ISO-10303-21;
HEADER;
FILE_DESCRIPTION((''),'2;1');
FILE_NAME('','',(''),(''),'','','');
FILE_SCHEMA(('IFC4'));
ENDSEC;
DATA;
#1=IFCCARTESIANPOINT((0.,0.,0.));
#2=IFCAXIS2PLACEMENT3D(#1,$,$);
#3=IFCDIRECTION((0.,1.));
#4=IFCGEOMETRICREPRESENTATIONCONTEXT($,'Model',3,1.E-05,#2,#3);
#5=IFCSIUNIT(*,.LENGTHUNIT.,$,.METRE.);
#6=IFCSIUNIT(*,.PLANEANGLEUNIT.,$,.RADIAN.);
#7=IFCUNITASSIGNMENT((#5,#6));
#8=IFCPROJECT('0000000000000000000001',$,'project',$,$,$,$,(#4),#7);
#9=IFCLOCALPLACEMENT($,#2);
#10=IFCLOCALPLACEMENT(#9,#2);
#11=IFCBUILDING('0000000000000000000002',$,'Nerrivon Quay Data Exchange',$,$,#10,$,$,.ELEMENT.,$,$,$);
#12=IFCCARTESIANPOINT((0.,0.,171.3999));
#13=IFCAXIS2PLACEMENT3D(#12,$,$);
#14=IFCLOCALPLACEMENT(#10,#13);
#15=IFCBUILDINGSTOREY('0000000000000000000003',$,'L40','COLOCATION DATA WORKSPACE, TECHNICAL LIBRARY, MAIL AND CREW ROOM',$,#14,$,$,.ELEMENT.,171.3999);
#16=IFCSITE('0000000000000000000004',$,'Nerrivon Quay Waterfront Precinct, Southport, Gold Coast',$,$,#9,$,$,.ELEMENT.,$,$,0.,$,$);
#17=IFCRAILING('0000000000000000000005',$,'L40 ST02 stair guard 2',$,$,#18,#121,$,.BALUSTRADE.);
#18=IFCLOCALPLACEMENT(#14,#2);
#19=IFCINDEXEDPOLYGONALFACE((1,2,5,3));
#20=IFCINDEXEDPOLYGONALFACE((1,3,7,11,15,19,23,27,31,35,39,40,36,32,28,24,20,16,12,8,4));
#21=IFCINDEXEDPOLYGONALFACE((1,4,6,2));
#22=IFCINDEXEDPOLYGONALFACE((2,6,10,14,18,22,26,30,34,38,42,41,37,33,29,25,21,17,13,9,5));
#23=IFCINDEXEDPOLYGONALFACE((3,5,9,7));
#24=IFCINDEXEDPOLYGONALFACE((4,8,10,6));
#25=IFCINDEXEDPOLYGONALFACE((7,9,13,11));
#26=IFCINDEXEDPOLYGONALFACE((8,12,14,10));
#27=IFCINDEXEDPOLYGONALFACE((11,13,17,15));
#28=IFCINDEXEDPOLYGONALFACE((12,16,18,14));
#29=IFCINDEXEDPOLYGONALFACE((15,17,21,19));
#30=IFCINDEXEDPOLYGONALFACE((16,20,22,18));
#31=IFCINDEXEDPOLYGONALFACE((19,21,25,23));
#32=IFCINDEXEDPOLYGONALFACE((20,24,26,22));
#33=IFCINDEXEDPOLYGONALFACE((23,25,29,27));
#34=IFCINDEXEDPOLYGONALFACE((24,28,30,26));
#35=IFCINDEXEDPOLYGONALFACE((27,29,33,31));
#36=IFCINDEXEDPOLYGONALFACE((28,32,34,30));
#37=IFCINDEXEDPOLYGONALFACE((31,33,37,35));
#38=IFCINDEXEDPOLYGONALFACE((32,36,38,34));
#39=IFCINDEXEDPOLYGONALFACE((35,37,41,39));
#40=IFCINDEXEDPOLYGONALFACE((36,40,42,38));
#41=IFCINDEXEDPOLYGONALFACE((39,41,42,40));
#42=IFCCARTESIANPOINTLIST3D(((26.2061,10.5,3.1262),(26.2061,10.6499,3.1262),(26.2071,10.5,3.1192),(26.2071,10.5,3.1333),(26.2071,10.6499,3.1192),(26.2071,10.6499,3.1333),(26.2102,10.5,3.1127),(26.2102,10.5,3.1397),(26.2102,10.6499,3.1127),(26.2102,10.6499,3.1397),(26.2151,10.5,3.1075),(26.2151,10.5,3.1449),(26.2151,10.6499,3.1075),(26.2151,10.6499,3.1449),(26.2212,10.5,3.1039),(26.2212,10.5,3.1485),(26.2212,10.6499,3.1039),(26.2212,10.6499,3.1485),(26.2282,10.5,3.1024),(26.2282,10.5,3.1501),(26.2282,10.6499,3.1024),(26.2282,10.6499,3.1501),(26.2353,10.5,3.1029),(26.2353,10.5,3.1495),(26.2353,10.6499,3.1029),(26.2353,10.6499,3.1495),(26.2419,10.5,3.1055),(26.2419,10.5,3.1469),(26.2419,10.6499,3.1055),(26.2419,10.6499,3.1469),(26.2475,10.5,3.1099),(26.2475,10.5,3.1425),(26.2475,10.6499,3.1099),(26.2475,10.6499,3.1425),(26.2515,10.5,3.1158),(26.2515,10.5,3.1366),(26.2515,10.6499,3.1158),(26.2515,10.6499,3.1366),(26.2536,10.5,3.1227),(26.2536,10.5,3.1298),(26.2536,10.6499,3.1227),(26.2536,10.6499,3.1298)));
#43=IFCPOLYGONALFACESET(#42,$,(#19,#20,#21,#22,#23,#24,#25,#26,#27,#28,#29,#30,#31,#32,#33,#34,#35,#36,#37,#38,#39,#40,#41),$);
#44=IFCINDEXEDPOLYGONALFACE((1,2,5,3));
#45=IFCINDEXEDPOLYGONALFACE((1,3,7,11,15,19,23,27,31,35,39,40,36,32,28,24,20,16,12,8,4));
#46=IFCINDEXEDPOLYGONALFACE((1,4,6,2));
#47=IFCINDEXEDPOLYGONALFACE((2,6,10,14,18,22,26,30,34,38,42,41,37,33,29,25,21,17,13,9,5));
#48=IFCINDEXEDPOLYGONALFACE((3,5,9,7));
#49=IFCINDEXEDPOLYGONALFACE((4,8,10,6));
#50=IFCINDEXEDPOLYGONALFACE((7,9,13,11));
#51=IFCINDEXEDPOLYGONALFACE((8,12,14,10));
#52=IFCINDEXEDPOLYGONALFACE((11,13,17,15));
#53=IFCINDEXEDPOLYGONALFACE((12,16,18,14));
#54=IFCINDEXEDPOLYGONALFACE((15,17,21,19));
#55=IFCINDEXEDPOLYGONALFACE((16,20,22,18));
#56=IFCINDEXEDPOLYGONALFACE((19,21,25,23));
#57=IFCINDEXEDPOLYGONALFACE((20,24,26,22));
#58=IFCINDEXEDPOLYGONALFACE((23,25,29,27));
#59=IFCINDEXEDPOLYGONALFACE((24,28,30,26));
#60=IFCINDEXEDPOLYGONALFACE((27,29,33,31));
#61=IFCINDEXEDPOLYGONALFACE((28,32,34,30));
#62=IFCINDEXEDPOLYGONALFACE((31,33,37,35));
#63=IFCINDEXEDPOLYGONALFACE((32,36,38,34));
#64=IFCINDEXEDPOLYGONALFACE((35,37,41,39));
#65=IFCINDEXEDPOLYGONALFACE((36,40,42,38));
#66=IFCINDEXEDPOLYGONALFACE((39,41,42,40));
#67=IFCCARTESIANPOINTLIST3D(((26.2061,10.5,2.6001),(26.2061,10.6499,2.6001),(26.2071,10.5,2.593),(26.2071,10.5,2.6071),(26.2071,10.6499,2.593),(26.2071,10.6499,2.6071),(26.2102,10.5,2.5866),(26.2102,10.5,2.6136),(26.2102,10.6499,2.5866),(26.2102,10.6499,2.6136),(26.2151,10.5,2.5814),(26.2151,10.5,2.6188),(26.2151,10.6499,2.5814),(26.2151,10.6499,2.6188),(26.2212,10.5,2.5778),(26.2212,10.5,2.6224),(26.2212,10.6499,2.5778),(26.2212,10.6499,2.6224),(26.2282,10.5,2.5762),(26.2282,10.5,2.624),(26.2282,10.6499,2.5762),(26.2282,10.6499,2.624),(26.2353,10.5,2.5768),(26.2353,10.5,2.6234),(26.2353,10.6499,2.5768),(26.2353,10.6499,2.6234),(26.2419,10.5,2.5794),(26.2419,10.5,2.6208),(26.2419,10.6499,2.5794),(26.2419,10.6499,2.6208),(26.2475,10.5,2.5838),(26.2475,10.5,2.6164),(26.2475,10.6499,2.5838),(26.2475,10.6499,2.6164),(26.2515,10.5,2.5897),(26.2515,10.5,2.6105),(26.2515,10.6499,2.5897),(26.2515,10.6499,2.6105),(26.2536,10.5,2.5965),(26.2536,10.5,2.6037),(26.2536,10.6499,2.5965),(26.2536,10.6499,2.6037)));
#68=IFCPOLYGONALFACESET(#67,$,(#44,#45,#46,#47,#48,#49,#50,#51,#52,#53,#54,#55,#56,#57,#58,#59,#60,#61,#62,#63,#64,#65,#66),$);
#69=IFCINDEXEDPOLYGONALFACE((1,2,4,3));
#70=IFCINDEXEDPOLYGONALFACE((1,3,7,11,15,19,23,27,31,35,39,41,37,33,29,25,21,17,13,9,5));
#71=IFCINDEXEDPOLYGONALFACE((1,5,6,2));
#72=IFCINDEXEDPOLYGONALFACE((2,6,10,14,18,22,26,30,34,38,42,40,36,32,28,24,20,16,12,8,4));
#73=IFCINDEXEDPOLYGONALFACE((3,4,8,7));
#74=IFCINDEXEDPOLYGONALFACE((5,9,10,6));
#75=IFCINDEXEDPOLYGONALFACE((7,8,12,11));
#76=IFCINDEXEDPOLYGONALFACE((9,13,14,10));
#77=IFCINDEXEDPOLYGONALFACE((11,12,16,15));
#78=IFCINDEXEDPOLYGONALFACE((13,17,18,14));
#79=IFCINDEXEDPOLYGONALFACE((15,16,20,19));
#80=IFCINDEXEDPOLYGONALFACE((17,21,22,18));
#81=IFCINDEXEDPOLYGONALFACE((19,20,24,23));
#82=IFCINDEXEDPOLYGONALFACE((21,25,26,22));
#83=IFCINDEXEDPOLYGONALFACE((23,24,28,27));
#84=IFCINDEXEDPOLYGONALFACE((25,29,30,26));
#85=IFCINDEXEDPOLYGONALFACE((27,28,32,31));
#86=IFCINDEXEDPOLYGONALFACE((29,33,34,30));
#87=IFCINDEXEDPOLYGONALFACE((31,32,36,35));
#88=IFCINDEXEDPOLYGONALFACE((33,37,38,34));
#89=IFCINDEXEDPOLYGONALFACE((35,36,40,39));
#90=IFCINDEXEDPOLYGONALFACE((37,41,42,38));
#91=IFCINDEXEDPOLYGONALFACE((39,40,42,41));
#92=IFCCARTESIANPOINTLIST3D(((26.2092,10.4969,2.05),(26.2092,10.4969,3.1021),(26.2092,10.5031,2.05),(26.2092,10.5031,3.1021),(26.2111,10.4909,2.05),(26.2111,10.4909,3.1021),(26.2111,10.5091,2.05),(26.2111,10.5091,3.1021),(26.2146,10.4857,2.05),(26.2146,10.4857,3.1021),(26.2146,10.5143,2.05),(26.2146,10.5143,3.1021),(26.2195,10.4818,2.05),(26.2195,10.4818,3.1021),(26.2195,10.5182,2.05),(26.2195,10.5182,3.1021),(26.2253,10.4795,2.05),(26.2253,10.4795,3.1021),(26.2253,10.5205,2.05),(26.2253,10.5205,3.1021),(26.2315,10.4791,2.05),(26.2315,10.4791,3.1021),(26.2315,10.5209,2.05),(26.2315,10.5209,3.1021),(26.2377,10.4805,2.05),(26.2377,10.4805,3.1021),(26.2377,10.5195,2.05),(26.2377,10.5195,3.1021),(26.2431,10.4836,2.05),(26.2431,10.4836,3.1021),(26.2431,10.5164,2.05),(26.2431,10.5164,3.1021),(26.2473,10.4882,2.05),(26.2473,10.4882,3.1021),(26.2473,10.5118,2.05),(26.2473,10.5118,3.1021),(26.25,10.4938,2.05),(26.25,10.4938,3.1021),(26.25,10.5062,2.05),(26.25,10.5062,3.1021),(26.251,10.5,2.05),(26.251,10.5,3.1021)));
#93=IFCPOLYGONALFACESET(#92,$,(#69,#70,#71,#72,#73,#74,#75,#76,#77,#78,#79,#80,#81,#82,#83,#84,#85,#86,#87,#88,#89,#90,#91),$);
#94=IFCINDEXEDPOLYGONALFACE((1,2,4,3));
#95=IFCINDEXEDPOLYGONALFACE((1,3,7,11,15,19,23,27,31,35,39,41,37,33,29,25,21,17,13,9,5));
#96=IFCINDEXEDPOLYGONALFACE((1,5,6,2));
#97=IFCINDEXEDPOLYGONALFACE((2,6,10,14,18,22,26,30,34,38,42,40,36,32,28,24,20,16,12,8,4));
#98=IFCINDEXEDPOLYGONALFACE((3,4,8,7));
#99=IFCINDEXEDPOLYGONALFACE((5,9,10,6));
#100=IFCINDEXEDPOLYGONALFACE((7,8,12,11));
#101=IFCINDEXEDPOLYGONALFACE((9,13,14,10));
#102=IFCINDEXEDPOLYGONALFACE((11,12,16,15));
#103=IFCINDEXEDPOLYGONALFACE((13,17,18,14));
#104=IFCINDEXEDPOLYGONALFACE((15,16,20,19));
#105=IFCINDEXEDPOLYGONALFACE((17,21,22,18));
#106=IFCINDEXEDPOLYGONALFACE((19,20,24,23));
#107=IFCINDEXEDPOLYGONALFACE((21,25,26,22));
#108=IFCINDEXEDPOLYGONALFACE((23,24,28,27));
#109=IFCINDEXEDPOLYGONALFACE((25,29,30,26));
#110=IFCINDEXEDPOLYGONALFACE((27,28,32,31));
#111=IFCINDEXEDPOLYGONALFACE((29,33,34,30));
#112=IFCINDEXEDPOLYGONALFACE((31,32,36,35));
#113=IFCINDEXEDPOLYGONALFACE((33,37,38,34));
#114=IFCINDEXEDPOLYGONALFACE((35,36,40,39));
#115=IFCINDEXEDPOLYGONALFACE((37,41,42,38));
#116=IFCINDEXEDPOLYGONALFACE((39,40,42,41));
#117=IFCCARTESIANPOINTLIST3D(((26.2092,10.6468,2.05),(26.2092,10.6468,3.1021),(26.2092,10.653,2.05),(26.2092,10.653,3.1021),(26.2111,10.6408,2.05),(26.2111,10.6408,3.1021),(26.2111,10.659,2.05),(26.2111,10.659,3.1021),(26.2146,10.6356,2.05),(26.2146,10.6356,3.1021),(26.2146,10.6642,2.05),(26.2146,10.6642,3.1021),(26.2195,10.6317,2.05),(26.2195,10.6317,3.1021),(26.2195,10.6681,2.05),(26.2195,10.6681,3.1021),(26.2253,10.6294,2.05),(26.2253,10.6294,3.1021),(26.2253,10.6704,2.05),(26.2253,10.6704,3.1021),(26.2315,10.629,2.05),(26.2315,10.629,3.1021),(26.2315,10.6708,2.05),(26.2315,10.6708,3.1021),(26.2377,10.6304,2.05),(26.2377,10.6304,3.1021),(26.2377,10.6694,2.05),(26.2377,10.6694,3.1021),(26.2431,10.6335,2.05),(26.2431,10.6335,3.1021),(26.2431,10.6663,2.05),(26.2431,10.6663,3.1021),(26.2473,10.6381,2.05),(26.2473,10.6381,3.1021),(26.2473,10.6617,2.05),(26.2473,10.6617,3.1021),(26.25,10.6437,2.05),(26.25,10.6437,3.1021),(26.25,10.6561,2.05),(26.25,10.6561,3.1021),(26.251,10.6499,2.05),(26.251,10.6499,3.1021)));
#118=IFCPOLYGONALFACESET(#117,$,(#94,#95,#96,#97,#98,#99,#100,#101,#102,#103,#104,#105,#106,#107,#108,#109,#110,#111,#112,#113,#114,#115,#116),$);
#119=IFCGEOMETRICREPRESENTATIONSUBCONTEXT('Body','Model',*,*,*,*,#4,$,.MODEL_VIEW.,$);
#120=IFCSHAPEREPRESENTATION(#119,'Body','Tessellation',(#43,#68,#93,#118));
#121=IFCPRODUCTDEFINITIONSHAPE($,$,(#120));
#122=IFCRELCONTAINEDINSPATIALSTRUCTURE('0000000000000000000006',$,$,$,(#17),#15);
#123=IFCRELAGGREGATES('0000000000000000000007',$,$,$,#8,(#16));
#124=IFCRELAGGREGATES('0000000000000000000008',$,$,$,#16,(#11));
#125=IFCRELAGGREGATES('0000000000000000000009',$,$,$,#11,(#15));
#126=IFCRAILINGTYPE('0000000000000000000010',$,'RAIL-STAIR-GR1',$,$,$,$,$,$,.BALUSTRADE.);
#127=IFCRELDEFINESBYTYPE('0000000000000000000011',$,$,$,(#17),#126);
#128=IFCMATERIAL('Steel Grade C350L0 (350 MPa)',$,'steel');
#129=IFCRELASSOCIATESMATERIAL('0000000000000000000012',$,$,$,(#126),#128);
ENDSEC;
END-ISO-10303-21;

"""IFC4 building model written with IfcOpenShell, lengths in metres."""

from ifc_helpers import new_model, si_unit, direction, frame, origin, origin_2d, place, context, subcontext, project, spatial, circle, extrude, material, type_object, element, save


model = new_model("IFC4")

# Units and contexts
model_context = context("Model", 3, precision=1e-05, world=origin(), true_north=direction((0.0, 1.0)))
body_context = subcontext(model_context, "Body", "Model", "MODEL_VIEW")
ifc_project = project(units=[si_unit("LENGTHUNIT", "METRE"), si_unit("PLANEANGLEUNIT", "RADIAN")], contexts=[model_context])

# Site, building, storey
site_placement = place(None, origin())
site = spatial("IfcSite", under=ifc_project, at=site_placement, Name="Nerrivon Quay Waterfront Precinct, Southport, Gold Coast", CompositionType="ELEMENT", RefElevation=0.0)
building_placement = place(site_placement, origin())
building = spatial("IfcBuilding", under=site, at=building_placement, Name="Nerrivon Quay Data Exchange", CompositionType="ELEMENT")
storey_placement = place(building_placement, frame((0.0, 0.0, 171.3999)))
storey = spatial("IfcBuildingStorey", under=building, at=storey_placement, Name="L40", Description="COLOCATION DATA WORKSPACE, TECHNICAL LIBRARY, MAIL AND CREW ROOM", CompositionType="ELEMENT", Elevation=171.3999)

# Shared definitions
ifc_material_1 = material(Name="Steel Grade C350L0 (350 MPa)", Category="steel")

# Railing
railing_type_1 = type_object("IfcRailingType", Name="RAIL-STAIR-GR1", PredefinedType="BALUSTRADE", material=ifc_material_1)
railing_1_placement = place(storey_placement, frame((26.23, 10.5, 2.05)))
element("IfcRailing", 1, at=railing_1_placement, inside=storey, type_object=railing_type_1, Name="L40 ST02 stair guard 2", PredefinedType="BALUSTRADE", context=body_context, shape_type="SweptSolid", body=[
    extrude(circle(Radius=0.0239, at=origin_2d()), frame((0.0, 0.0, 1.0762), z_axis=(0.0, 1.0, 0.0), x_axis=(-1.0, 0.0, 0.0)), (0.0, 0.0, 1.0), 0.1499),
    extrude(circle(Radius=0.0239, at=origin_2d()), frame((0.0, 0.0, 0.55), z_axis=(0.0, 1.0, 0.0), x_axis=(-1.0, 0.0, 0.0)), (0.0, 0.0, 1.0), 0.1499),
    extrude(circle(Radius=0.021, at=origin_2d()), origin(), (0.0, 0.0, 1.0), 1.052),
    extrude(circle(Radius=0.021, at=origin_2d()), frame((0.0, 0.1499, 0.0)), (0.0, 0.0, 1.0), 1.052),
])

save(model, "model.ifc")
